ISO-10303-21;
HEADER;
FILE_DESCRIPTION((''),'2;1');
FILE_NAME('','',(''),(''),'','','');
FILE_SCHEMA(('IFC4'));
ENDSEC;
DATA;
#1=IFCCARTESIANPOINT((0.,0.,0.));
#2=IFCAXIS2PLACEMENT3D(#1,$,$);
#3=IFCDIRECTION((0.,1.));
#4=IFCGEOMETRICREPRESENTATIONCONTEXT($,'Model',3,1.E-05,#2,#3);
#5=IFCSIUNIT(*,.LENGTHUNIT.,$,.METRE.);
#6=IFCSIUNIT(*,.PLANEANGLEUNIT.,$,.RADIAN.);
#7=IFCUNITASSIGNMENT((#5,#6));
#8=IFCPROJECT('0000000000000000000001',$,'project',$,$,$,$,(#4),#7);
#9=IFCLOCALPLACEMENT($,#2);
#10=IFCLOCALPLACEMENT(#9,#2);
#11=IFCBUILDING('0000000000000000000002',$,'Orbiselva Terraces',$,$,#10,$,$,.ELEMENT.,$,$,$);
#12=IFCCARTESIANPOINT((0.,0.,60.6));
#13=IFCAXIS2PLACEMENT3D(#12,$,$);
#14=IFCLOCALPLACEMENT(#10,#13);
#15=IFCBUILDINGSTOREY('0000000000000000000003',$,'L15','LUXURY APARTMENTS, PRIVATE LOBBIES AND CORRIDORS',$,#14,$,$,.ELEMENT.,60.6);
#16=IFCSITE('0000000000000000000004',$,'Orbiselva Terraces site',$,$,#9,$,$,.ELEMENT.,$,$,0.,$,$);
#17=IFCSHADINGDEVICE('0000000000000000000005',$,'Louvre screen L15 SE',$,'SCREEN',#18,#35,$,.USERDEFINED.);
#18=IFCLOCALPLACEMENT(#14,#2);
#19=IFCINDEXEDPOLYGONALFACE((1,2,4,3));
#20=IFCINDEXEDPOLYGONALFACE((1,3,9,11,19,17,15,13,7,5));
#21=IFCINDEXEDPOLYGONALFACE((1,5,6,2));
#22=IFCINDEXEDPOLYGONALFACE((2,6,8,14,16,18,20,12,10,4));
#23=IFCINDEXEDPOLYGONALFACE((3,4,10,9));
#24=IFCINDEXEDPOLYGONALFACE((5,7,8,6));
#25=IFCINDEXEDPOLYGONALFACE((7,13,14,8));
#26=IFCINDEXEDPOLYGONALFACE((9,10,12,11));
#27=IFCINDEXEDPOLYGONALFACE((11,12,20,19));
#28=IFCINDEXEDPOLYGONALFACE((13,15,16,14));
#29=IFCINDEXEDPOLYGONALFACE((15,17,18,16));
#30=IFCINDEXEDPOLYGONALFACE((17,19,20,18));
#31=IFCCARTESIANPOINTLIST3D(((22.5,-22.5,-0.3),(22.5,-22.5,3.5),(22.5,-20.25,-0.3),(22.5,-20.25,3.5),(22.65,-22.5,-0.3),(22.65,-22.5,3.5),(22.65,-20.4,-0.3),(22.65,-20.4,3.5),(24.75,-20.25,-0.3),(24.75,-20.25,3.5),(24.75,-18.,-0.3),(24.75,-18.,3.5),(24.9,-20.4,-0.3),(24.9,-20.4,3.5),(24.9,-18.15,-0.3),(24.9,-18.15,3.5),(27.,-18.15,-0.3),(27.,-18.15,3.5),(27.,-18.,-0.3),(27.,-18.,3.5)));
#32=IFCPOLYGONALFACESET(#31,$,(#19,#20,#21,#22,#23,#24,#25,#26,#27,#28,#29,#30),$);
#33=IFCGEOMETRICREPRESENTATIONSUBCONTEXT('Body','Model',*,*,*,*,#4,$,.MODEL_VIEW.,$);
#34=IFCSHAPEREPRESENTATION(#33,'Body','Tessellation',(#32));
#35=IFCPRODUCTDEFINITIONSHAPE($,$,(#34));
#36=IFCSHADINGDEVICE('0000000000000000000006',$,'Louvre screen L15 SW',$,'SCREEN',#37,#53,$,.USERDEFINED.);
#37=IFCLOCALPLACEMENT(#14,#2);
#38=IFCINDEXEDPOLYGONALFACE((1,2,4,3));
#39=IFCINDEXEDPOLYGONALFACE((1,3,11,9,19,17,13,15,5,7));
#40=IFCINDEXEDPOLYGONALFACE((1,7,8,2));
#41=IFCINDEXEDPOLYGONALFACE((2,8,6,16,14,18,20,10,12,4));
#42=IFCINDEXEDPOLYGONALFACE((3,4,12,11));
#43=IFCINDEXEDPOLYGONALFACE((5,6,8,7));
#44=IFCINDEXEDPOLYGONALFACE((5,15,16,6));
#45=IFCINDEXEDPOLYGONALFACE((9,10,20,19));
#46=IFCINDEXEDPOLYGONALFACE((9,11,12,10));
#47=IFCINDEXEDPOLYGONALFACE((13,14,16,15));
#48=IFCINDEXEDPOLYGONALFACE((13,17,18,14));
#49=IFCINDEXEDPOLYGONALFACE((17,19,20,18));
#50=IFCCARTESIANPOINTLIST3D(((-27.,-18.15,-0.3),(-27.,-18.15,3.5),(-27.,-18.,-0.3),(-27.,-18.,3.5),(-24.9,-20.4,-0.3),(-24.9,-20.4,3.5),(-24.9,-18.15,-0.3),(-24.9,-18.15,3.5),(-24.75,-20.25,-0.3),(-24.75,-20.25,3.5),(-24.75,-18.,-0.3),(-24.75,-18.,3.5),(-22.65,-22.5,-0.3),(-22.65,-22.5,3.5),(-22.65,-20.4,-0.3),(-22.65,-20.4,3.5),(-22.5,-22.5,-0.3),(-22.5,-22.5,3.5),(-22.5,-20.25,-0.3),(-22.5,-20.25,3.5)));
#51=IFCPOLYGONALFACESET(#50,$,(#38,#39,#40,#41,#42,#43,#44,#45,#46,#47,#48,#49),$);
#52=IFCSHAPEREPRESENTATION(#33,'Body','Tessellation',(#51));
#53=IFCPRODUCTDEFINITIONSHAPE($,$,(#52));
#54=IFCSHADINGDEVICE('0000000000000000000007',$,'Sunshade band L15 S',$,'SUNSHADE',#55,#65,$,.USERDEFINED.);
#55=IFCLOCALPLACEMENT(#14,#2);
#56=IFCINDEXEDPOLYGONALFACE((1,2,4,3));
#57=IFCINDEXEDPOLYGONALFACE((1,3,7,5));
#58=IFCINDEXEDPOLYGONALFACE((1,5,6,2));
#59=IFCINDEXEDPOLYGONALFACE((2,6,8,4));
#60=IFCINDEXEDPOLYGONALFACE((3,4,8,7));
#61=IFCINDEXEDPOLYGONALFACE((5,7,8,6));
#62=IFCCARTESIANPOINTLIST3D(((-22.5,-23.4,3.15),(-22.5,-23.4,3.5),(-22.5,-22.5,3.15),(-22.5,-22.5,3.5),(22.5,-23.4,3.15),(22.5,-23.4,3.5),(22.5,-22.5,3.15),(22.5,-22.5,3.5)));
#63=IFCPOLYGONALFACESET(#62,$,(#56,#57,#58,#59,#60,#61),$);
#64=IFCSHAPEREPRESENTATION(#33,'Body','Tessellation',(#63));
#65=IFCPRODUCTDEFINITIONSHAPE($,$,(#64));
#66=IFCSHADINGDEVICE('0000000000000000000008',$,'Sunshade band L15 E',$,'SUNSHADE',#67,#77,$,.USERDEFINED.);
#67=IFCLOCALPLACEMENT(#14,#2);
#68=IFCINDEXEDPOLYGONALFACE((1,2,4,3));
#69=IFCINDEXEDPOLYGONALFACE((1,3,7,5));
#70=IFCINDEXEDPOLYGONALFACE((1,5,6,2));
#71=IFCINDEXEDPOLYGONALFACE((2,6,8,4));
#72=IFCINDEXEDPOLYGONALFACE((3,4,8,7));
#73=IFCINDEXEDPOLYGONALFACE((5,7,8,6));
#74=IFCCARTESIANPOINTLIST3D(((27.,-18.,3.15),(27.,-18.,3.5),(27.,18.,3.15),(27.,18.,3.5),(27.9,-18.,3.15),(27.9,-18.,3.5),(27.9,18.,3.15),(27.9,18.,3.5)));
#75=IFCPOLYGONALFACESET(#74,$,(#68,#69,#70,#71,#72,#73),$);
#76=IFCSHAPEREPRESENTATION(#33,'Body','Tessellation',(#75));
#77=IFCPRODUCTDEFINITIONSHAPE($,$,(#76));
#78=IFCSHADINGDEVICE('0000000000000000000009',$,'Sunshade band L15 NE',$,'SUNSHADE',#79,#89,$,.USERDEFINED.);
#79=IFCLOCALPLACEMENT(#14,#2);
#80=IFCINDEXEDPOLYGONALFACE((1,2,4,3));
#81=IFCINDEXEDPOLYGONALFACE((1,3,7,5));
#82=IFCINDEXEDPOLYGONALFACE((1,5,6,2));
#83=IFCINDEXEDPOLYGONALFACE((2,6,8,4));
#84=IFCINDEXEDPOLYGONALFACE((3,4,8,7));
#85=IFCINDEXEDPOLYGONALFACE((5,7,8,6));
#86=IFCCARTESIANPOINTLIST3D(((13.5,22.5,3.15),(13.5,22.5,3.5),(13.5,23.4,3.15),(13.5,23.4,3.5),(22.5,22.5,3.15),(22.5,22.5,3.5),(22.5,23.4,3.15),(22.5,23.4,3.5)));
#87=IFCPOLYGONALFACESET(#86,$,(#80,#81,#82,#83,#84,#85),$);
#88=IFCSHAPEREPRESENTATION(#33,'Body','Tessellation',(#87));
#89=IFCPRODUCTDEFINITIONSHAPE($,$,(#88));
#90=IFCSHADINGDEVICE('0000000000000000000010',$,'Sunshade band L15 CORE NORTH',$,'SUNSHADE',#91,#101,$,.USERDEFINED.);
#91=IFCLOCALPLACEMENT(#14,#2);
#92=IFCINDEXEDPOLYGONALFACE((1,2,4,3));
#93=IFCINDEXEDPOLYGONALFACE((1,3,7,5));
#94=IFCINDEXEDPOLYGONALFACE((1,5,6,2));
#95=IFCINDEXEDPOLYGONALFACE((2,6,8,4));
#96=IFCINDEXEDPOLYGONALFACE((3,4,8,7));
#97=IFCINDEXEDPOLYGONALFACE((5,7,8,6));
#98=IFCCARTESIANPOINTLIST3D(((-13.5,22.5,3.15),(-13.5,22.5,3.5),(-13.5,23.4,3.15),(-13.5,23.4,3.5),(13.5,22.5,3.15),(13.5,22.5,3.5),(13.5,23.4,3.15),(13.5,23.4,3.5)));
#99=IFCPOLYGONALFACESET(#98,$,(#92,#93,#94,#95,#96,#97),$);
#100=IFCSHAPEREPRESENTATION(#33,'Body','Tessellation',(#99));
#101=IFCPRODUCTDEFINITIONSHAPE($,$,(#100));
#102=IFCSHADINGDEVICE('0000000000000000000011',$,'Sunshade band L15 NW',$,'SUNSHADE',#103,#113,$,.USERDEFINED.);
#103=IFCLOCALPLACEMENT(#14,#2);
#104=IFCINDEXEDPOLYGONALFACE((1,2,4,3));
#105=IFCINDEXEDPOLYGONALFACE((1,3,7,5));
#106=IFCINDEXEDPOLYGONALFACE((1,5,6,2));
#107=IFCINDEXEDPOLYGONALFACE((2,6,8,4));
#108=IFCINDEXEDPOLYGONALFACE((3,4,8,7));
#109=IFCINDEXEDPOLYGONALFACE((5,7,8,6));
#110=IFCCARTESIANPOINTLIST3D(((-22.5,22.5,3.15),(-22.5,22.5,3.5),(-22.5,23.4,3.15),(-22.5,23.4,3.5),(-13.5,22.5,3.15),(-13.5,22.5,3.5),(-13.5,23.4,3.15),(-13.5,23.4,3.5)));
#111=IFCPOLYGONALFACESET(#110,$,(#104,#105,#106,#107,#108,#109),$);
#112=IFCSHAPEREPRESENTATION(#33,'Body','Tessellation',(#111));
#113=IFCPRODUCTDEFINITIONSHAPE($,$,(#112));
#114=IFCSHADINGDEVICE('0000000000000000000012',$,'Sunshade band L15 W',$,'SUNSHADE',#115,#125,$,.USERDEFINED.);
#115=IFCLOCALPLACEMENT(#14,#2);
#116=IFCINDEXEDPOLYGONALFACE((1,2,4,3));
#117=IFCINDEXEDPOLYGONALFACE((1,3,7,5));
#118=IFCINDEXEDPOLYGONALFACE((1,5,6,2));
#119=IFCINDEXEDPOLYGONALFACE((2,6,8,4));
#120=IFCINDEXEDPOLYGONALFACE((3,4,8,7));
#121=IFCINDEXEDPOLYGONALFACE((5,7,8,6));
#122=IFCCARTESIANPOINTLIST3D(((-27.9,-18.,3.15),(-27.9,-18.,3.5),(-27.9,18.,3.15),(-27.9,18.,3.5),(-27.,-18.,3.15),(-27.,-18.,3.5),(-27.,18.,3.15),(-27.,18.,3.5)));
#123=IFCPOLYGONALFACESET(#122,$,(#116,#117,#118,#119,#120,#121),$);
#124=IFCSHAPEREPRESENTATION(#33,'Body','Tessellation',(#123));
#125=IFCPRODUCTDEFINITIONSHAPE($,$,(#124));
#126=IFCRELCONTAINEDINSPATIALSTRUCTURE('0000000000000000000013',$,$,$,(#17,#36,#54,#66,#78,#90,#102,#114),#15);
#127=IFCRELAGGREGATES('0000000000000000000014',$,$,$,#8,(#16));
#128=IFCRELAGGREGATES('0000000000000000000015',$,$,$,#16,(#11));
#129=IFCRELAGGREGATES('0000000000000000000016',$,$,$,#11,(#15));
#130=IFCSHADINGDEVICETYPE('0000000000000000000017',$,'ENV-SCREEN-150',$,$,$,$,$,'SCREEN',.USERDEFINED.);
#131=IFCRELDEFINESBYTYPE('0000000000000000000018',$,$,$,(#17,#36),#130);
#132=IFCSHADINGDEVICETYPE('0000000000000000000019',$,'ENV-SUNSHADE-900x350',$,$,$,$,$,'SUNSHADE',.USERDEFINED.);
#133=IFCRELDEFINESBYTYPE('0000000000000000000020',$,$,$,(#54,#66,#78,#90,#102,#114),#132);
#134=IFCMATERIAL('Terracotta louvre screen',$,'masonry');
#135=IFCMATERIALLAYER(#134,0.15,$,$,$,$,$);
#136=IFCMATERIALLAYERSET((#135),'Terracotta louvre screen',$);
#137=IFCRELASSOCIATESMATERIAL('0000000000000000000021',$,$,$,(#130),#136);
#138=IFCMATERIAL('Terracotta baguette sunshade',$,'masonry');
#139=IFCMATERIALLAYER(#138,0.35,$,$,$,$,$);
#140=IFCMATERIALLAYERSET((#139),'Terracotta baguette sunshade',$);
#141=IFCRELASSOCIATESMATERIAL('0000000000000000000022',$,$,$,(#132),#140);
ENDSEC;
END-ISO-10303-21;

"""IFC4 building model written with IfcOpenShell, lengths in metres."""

from ifc_helpers import new_model, si_unit, direction, frame, origin, place, context, subcontext, project, spatial, polyline, outline, extrude, material, layer, layer_set, type_object, element, save


model = new_model("IFC4")

# Units and contexts
model_context = context("Model", 3, precision=1e-05, world=origin(), true_north=direction((0.0, 1.0)))
body_context = subcontext(model_context, "Body", "Model", "MODEL_VIEW")
ifc_project = project(units=[si_unit("LENGTHUNIT", "METRE"), si_unit("PLANEANGLEUNIT", "RADIAN")], contexts=[model_context])

# Site, building, storey
site_placement = place(None, origin())
site = spatial("IfcSite", under=ifc_project, at=site_placement, Name="Orbiselva Terraces site", CompositionType="ELEMENT", RefElevation=0.0)
building_placement = place(site_placement, origin())
building = spatial("IfcBuilding", under=site, at=building_placement, Name="Orbiselva Terraces", CompositionType="ELEMENT")
storey_placement = place(building_placement, frame((0.0, 0.0, 60.6)))
storey = spatial("IfcBuildingStorey", under=building, at=storey_placement, Name="L15", Description="LUXURY APARTMENTS, PRIVATE LOBBIES AND CORRIDORS", CompositionType="ELEMENT", Elevation=60.6)

# Shading devices
ifc_material_1 = material(Name="Terracotta louvre screen", Category="masonry")
ifc_layer_1 = layer(ifc_material_1, 0.15)
ifc_layer_set_1 = layer_set([ifc_layer_1], Name="Terracotta louvre screen")
shading_device_type_1 = type_object("IfcShadingDeviceType", Name="ENV-SCREEN-150", ElementType="SCREEN", PredefinedType="USERDEFINED", material=ifc_layer_set_1)
shading_device_1_placement = place(storey_placement, frame((0.0, 0.0, -0.3)))
element("IfcShadingDevice", 1, at=shading_device_1_placement, inside=storey, type_object=shading_device_type_1, Name="Louvre screen L15 SE", ObjectType="SCREEN", PredefinedType="USERDEFINED", context=body_context, shape_type="SweptSolid", body=[
    extrude(outline(polyline([(22.65, -22.5), (22.65, -20.4), (24.9, -20.4), (24.9, -18.15), (27.0, -18.15), (27.0, -18.0), (24.75, -18.0), (24.75, -20.25), (22.5, -20.25), (22.5, -22.5), (22.65, -22.5)])), origin(), (0.0, 0.0, 1.0), 3.8),
])
shading_device_2_placement = place(storey_placement, frame((0.0, 0.0, -0.3)))
element("IfcShadingDevice", 2, at=shading_device_2_placement, inside=storey, type_object=shading_device_type_1, Name="Louvre screen L15 SW", ObjectType="SCREEN", PredefinedType="USERDEFINED", context=body_context, shape_type="SweptSolid", body=[
    extrude(outline(polyline([(-27.0, -18.15), (-24.9, -18.15), (-24.9, -20.4), (-22.65, -20.4), (-22.65, -22.5), (-22.5, -22.5), (-22.5, -20.25), (-24.75, -20.25), (-24.75, -18.0), (-27.0, -18.0), (-27.0, -18.15)])), origin(), (0.0, 0.0, 1.0), 3.8),
])
ifc_material_2 = material(Name="Terracotta baguette sunshade", Category="masonry")
ifc_layer_2 = layer(ifc_material_2, 0.35)
ifc_layer_set_2 = layer_set([ifc_layer_2], Name="Terracotta baguette sunshade")
shading_device_type_2 = type_object("IfcShadingDeviceType", Name="ENV-SUNSHADE-900x350", ElementType="SUNSHADE", PredefinedType="USERDEFINED", material=ifc_layer_set_2)
shading_device_3_placement = place(storey_placement, frame((0.0, 0.0, 3.15)))
element("IfcShadingDevice", 3, at=shading_device_3_placement, inside=storey, type_object=shading_device_type_2, Name="Sunshade band L15 S", ObjectType="SUNSHADE", PredefinedType="USERDEFINED", context=body_context, shape_type="SweptSolid", body=[
    extrude(outline(polyline([(-22.5, -23.4), (22.5, -23.4), (22.5, -22.5), (-22.5, -22.5), (-22.5, -23.4)])), origin(), (0.0, 0.0, 1.0), 0.35),
])
shading_device_4_placement = place(storey_placement, frame((0.0, 0.0, 3.15)))
element("IfcShadingDevice", 4, at=shading_device_4_placement, inside=storey, type_object=shading_device_type_2, Name="Sunshade band L15 E", ObjectType="SUNSHADE", PredefinedType="USERDEFINED", context=body_context, shape_type="SweptSolid", body=[
    extrude(outline(polyline([(27.9, -18.0), (27.9, 18.0), (27.0, 18.0), (27.0, -18.0), (27.9, -18.0)])), origin(), (0.0, 0.0, 1.0), 0.35),
])
shading_device_5_placement = place(storey_placement, frame((0.0, 0.0, 3.15)))
element("IfcShadingDevice", 5, at=shading_device_5_placement, inside=storey, type_object=shading_device_type_2, Name="Sunshade band L15 NE", ObjectType="SUNSHADE", PredefinedType="USERDEFINED", context=body_context, shape_type="SweptSolid", body=[
    extrude(outline(polyline([(22.5, 23.4), (13.5, 23.4), (13.5, 22.5), (22.5, 22.5), (22.5, 23.4)])), origin(), (0.0, 0.0, 1.0), 0.35),
])
shading_device_6_placement = place(storey_placement, frame((0.0, 0.0, 3.15)))
element("IfcShadingDevice", 6, at=shading_device_6_placement, inside=storey, type_object=shading_device_type_2, Name="Sunshade band L15 CORE NORTH", ObjectType="SUNSHADE", PredefinedType="USERDEFINED", context=body_context, shape_type="SweptSolid", body=[
    extrude(outline(polyline([(13.5, 23.4), (-13.5, 23.4), (-13.5, 22.5), (13.5, 22.5), (13.5, 23.4)])), origin(), (0.0, 0.0, 1.0), 0.35),
])
shading_device_7_placement = place(storey_placement, frame((0.0, 0.0, 3.15)))
element("IfcShadingDevice", 7, at=shading_device_7_placement, inside=storey, type_object=shading_device_type_2, Name="Sunshade band L15 NW", ObjectType="SUNSHADE", PredefinedType="USERDEFINED", context=body_context, shape_type="SweptSolid", body=[
    extrude(outline(polyline([(-13.5, 23.4), (-22.5, 23.4), (-22.5, 22.5), (-13.5, 22.5), (-13.5, 23.4)])), origin(), (0.0, 0.0, 1.0), 0.35),
])
shading_device_8_placement = place(storey_placement, frame((0.0, 0.0, 3.15)))
element("IfcShadingDevice", 8, at=shading_device_8_placement, inside=storey, type_object=shading_device_type_2, Name="Sunshade band L15 W", ObjectType="SUNSHADE", PredefinedType="USERDEFINED", context=body_context, shape_type="SweptSolid", body=[
    extrude(outline(polyline([(-27.9, 18.0), (-27.9, -18.0), (-27.0, -18.0), (-27.0, 18.0), (-27.9, 18.0)])), origin(), (0.0, 0.0, 1.0), 0.35),
])

save(model, "model.ifc")
